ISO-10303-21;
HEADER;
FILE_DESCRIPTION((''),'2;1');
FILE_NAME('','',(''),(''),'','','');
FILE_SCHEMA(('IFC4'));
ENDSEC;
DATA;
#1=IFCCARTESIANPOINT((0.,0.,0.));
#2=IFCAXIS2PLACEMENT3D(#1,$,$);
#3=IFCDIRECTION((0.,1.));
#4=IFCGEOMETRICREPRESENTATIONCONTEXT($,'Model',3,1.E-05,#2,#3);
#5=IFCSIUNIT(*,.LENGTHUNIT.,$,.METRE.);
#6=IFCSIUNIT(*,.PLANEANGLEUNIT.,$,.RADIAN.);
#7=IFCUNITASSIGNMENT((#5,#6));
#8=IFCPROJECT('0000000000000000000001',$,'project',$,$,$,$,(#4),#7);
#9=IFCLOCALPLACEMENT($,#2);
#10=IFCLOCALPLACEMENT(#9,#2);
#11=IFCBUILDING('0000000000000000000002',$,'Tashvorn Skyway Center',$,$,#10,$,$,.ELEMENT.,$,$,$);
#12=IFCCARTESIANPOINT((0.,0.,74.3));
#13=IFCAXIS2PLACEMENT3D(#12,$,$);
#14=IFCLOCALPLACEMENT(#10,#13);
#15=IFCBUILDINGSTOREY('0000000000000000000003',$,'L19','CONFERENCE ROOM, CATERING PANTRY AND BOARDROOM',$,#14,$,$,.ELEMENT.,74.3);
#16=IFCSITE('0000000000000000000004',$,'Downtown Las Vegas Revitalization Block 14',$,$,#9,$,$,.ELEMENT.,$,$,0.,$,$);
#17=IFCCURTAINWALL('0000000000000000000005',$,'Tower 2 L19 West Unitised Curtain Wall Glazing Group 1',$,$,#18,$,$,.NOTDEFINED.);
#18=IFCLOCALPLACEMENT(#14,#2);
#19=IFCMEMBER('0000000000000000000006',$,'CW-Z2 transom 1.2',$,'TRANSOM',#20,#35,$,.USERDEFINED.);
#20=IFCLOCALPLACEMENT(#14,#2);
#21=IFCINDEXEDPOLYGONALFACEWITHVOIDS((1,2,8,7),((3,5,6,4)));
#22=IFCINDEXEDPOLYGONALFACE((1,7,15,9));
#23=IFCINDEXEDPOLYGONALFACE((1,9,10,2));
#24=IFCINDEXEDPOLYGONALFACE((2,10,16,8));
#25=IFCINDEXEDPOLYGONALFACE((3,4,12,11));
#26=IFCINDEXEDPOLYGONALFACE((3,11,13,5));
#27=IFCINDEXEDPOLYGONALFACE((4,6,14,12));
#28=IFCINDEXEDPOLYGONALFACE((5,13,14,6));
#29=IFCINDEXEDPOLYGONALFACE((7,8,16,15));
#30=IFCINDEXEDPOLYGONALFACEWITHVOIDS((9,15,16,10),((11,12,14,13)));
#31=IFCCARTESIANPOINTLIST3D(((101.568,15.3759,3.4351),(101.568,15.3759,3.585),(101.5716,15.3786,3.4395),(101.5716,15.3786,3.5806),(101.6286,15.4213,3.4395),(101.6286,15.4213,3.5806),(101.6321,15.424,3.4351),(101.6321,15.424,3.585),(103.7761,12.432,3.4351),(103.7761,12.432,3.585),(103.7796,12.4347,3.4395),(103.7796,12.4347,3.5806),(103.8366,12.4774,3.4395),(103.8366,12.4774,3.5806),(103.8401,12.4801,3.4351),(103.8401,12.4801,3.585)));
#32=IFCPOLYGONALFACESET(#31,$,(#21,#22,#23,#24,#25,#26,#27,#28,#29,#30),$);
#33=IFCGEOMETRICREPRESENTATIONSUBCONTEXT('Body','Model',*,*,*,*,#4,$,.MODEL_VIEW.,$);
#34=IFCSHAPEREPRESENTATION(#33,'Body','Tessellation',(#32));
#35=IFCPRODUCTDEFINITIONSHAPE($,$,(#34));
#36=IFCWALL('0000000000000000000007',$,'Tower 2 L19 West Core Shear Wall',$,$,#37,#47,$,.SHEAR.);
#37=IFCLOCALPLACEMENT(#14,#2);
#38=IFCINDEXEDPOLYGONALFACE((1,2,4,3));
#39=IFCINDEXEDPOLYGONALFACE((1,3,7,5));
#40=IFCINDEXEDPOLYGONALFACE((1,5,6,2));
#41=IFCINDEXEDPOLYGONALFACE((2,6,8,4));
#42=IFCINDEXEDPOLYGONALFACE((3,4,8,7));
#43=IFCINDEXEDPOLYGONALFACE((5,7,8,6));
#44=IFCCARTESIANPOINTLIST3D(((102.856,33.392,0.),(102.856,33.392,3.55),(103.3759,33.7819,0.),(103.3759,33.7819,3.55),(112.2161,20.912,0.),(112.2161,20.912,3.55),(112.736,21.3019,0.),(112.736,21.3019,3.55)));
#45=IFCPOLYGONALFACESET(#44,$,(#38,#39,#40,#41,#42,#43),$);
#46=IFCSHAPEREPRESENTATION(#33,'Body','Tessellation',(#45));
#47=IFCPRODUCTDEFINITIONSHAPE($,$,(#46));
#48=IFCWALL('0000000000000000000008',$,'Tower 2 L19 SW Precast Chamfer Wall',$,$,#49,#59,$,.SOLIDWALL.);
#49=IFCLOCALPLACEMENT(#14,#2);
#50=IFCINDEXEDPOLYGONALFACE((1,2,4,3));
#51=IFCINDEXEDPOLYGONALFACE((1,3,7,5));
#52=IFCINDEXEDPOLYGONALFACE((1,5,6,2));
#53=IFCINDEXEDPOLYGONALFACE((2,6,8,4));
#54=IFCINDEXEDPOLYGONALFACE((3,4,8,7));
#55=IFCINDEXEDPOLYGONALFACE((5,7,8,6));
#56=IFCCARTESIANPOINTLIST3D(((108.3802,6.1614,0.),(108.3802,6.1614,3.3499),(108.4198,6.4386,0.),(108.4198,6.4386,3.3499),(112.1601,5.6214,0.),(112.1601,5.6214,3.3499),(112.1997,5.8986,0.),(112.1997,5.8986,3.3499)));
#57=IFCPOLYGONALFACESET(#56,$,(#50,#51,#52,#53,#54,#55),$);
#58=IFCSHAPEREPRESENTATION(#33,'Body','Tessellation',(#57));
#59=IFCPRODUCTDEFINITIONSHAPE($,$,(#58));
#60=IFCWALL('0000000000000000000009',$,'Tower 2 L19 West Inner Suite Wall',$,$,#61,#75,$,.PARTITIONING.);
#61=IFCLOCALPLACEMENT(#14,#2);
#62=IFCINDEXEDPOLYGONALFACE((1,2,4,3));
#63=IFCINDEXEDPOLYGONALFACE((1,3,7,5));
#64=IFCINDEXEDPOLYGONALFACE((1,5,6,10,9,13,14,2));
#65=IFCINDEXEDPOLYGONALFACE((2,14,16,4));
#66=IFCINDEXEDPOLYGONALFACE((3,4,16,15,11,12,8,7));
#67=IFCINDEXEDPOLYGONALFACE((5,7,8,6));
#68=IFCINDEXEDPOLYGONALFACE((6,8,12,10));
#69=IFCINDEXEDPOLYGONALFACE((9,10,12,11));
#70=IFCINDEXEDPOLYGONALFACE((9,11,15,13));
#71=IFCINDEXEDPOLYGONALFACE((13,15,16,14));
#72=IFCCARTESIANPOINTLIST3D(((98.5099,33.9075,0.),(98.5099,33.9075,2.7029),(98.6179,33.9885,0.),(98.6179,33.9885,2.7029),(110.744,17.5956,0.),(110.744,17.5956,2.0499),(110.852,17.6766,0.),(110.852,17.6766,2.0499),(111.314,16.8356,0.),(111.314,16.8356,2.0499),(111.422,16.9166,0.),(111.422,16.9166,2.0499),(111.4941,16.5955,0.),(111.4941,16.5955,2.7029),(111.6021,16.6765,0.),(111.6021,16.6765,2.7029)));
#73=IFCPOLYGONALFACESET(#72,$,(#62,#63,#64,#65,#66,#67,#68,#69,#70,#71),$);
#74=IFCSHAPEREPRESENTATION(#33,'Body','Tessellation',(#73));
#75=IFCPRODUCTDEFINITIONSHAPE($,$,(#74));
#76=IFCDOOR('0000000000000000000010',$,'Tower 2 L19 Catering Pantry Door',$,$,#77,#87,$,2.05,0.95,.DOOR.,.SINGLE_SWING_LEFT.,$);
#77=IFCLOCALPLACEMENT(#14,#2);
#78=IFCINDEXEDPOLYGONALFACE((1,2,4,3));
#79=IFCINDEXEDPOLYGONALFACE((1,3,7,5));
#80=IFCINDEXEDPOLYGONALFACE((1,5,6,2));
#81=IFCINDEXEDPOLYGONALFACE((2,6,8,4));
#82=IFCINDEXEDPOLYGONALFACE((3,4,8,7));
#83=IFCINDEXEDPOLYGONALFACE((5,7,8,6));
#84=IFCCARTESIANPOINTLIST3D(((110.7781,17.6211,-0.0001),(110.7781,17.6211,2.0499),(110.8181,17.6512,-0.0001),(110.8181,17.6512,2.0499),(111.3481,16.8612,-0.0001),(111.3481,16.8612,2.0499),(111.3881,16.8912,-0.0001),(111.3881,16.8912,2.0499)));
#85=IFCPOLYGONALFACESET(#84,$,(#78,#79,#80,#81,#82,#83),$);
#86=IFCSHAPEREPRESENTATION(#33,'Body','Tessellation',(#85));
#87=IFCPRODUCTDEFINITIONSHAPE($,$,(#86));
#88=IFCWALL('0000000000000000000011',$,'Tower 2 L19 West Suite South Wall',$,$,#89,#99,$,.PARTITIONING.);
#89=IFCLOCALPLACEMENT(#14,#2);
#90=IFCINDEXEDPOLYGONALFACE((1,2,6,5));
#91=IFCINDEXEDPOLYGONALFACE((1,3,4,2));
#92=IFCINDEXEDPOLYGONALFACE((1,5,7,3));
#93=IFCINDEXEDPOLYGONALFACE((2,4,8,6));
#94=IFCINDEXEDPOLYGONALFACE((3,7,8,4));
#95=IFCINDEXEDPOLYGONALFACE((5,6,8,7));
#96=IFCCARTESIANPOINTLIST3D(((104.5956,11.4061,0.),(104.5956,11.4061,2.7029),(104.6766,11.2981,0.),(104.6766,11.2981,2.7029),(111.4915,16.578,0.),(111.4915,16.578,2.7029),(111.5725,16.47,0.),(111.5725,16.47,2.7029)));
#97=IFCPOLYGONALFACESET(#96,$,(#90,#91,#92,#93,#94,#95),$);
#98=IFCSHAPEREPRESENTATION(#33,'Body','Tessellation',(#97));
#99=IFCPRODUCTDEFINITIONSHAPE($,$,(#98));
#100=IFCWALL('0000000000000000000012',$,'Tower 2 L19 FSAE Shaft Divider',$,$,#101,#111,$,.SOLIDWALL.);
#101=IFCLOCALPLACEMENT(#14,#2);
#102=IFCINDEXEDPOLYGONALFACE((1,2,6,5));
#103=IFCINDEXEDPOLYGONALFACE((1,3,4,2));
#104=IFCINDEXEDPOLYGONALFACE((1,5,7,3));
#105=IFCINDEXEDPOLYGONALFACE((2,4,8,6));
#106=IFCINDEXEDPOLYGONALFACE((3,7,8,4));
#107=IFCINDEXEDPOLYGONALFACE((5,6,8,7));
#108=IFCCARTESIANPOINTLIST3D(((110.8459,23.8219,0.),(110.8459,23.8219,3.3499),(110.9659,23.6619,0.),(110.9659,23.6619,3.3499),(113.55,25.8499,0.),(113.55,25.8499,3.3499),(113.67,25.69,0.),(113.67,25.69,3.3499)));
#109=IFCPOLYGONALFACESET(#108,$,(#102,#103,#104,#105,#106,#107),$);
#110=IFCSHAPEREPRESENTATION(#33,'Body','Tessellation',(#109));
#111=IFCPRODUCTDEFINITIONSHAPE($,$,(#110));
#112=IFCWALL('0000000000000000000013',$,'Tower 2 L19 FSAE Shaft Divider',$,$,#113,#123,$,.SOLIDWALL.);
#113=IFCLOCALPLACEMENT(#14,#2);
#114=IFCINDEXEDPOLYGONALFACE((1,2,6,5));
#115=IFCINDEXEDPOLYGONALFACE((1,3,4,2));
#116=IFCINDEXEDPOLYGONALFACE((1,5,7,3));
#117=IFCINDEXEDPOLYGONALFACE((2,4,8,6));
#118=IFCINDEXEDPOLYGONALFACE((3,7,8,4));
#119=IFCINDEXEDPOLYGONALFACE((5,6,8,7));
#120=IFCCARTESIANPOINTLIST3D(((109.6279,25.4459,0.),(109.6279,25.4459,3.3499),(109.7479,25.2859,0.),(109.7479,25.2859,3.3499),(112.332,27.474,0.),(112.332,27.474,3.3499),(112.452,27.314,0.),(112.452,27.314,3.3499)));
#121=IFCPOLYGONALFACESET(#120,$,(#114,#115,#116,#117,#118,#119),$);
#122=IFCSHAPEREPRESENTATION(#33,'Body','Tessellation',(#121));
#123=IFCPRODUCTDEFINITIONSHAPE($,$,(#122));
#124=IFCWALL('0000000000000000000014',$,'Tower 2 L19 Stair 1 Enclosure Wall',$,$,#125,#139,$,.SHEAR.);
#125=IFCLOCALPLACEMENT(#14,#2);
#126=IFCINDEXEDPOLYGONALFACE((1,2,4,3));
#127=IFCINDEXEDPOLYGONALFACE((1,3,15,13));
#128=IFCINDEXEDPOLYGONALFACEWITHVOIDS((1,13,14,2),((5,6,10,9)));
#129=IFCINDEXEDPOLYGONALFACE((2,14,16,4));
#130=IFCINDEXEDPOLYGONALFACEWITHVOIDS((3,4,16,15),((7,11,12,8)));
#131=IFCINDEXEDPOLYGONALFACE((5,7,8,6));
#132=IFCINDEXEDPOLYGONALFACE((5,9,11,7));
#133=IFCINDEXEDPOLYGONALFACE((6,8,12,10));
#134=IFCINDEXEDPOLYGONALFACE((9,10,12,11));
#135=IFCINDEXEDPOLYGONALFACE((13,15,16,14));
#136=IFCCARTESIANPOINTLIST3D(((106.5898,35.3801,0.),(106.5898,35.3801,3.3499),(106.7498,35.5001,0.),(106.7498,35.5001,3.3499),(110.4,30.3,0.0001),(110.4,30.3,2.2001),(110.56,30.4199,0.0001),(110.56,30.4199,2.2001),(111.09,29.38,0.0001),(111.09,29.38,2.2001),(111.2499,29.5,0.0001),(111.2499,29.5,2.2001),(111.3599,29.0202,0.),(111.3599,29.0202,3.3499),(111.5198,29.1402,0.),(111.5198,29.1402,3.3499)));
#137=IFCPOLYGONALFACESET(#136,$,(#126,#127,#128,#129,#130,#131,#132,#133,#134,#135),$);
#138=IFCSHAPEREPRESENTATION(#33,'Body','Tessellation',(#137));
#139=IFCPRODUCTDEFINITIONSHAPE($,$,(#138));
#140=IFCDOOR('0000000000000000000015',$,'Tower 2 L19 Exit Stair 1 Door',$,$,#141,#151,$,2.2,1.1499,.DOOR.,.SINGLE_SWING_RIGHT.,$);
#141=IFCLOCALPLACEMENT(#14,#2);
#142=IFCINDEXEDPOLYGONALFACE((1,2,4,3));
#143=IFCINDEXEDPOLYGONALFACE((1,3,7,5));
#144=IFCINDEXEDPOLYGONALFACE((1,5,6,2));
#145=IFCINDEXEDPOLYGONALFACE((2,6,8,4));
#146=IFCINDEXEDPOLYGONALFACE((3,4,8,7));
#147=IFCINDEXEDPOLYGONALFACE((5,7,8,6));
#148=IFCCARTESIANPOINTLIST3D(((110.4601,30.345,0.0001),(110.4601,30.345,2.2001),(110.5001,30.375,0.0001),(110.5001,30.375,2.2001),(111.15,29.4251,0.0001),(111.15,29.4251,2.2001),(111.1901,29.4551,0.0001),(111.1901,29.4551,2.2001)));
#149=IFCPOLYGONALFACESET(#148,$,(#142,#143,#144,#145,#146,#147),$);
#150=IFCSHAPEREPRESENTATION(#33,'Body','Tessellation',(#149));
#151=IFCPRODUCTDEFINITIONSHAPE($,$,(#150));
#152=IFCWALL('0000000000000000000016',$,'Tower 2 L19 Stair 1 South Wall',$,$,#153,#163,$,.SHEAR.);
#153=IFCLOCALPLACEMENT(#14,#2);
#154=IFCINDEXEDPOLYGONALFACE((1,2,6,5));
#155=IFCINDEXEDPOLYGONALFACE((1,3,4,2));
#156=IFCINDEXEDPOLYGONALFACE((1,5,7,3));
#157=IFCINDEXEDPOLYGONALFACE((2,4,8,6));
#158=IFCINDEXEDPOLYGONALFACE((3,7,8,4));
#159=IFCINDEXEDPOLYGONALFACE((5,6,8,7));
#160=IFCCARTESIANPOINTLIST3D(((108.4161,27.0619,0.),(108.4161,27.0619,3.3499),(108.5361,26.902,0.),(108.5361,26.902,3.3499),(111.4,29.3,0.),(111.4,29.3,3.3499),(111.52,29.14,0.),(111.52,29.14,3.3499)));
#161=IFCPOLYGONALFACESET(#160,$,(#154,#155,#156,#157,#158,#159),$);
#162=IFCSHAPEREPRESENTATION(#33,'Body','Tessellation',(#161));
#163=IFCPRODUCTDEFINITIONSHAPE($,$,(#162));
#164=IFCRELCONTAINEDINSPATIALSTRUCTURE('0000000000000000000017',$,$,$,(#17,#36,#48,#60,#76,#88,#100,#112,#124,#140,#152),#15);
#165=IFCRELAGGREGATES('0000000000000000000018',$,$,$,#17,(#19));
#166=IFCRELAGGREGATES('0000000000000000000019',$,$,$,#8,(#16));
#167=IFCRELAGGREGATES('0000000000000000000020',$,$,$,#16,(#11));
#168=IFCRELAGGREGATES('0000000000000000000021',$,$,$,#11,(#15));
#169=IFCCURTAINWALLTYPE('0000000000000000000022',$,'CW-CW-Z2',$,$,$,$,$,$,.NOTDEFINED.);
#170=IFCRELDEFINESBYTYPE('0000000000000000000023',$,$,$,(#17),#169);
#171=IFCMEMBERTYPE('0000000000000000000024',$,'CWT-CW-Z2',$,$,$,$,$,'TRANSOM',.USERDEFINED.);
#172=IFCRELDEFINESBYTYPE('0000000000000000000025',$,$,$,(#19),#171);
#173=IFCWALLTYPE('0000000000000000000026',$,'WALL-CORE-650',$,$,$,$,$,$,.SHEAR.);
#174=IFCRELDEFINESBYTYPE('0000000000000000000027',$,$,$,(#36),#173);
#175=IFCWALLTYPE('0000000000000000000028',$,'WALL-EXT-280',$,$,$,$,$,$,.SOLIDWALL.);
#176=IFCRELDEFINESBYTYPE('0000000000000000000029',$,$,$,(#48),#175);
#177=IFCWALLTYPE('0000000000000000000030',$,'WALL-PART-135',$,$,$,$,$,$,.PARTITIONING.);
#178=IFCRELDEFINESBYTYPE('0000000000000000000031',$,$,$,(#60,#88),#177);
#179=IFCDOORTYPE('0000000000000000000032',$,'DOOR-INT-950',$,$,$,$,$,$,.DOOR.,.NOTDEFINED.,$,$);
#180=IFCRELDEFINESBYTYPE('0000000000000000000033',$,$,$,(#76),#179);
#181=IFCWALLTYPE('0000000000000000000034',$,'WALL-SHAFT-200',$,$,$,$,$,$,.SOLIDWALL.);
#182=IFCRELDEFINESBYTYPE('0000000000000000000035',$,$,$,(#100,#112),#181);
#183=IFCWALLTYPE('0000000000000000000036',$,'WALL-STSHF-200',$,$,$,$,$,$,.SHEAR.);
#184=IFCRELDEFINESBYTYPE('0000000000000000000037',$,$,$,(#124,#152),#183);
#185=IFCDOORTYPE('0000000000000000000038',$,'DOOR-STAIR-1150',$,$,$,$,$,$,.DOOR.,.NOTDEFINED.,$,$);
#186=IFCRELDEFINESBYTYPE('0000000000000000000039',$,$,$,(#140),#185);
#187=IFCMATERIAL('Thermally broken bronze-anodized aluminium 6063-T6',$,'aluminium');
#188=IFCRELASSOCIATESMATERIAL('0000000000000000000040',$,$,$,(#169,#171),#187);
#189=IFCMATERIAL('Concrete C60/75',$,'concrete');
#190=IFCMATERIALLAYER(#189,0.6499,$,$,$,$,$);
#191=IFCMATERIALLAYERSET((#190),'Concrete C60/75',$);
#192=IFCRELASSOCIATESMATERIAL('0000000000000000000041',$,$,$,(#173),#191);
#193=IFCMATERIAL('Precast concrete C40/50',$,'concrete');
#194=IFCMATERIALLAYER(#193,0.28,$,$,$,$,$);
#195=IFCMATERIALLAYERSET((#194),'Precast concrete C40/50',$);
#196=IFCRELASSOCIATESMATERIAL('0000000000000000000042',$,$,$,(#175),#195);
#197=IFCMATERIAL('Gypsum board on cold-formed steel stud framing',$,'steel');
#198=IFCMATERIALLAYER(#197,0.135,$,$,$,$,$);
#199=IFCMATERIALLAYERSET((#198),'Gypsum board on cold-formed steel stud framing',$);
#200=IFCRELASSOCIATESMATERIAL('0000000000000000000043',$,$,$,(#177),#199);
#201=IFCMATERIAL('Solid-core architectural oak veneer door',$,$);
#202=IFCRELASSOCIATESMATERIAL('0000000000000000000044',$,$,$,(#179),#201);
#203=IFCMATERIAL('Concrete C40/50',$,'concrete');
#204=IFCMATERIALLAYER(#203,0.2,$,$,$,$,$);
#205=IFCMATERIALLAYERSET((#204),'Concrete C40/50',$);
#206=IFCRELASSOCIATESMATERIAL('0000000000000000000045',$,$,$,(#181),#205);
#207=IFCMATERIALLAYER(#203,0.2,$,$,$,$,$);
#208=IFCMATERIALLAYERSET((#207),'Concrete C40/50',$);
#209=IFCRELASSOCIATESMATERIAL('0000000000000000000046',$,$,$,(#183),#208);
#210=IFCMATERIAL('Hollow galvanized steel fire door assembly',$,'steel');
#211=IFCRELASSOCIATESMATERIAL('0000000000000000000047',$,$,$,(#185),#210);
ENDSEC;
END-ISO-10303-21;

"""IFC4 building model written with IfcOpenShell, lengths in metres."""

from ifc_helpers import new_model, si_unit, direction, frame, frame_2d, origin, origin_2d, place, context, subcontext, project, spatial, rectangle, hollow_rectangle, extrude, material, layer, layer_set, material_profile, profile_set, type_object, element, fill, aggregate, save


model = new_model("IFC4")

# Units and contexts
model_context = context("Model", 3, precision=1e-05, world=origin(), true_north=direction((0.0, 1.0)))
body_context = subcontext(model_context, "Body", "Model", "MODEL_VIEW")
ifc_project = project(units=[si_unit("LENGTHUNIT", "METRE"), si_unit("PLANEANGLEUNIT", "RADIAN")], contexts=[model_context])

# Site, building, storey
site_placement = place(None, origin())
site = spatial("IfcSite", under=ifc_project, at=site_placement, Name="Downtown Las Vegas Revitalization Block 14", CompositionType="ELEMENT", RefElevation=0.0)
building_placement = place(site_placement, origin())
building = spatial("IfcBuilding", under=site, at=building_placement, Name="Tashvorn Skyway Center", CompositionType="ELEMENT")
storey_placement = place(building_placement, frame((0.0, 0.0, 74.3)))
storey = spatial("IfcBuildingStorey", under=building, at=storey_placement, Name="L19", Description="CONFERENCE ROOM, CATERING PANTRY AND BOARDROOM", CompositionType="ELEMENT", Elevation=74.3)

# Shared definitions
ifc_material_1 = material(Name="Concrete C60/75", Category="concrete")

# Curtain wall, member
ifc_material_2 = material(Name="Thermally broken bronze-anodized aluminium 6063-T6", Category="aluminium")
curtain_wall_type = type_object("IfcCurtainWallType", Name="CW-CW-Z2", PredefinedType="NOTDEFINED", material=ifc_material_2)
curtain_wall_placement = place(storey_placement, origin())
curtain_wall = element("IfcCurtainWall", 1, at=curtain_wall_placement, inside=storey, type_object=curtain_wall_type, Name="Tower 2 L19 West Unitised Curtain Wall Glazing Group 1", PredefinedType="NOTDEFINED")
ifc_material_profile_1 = material_profile(ifc_material_2, hollow_rectangle(XDim=0.0801, YDim=0.1499, WallThickness=0.0044, at=origin_2d()), Name="ALU-TRAN-80x150")
ifc_profile_set_1 = profile_set([ifc_material_profile_1], Name="Thermally broken bronze-anodized aluminium 6063-T6")
member_type_1 = type_object("IfcMemberType", Name="CWT-CW-Z2", ElementType="TRANSOM", PredefinedType="USERDEFINED", material=ifc_profile_set_1)
member_1_placement = place(storey_placement, frame((103.8081, 12.4561, 3.51), z_axis=(-0.600021, 0.799984, 0.0), x_axis=(-0.799984, -0.600021, 0.0)))
member_1 = element("IfcMember", 2, at=member_1_placement, type_object=member_type_1, Name="CW-Z2 transom 1.2", ObjectType="TRANSOM", PredefinedType="USERDEFINED", context=body_context, shape_type="SweptSolid", body=[
    extrude(hollow_rectangle(XDim=0.0801, YDim=0.1499, WallThickness=0.0044, at=origin_2d()), origin(), (0.0, 0.0, 1.0), 3.6799),
])
aggregate(curtain_wall, [member_1])

# Walls
ifc_layer_1 = layer(ifc_material_1, 0.6499)
ifc_layer_set_1 = layer_set([ifc_layer_1], Name="Concrete C60/75")
wall_type_1 = type_object("IfcWallType", Name="WALL-CORE-650", PredefinedType="SHEAR", material=ifc_layer_set_1)
wall_1_placement = place(storey_placement, frame((112.4761, 21.1069, 0.0), z_axis=(0.0, 0.0, 1.0), x_axis=(-0.600005, 0.799996, 0.0)))
element("IfcWall", 3, at=wall_1_placement, inside=storey, type_object=wall_type_1, Name="Tower 2 L19 West Core Shear Wall", PredefinedType="SHEAR", context=body_context, shape_type="SweptSolid", body=[
    extrude(rectangle(XDim=15.6001, YDim=0.6499, at=frame_2d((7.8, 0.0))), origin(), (0.0, 0.0, 1.0), 3.55),
])
ifc_material_3 = material(Name="Precast concrete C40/50", Category="concrete")
ifc_layer_2 = layer(ifc_material_3, 0.28)
ifc_layer_set_2 = layer_set([ifc_layer_2], Name="Precast concrete C40/50")
wall_type_2 = type_object("IfcWallType", Name="WALL-EXT-280", PredefinedType="SOLIDWALL", material=ifc_layer_set_2)
wall_2_placement = place(storey_placement, frame((112.1799, 5.76, 0.0), z_axis=(0.0, 0.0, 1.0), x_axis=(-0.989948, 0.14143, 0.0)))
element("IfcWall", 4, at=wall_2_placement, inside=storey, type_object=wall_type_2, Name="Tower 2 L19 SW Precast Chamfer Wall", PredefinedType="SOLIDWALL", context=body_context, shape_type="SweptSolid", body=[
    extrude(rectangle(XDim=3.8184, YDim=0.28, at=frame_2d((1.9092, 0.0))), origin(), (0.0, 0.0, 1.0), 3.3499),
])

# Wall, opening, door
ifc_material_4 = material(Name="Gypsum board on cold-formed steel stud framing", Category="steel")
ifc_layer_3 = layer(ifc_material_4, 0.135)
ifc_layer_set_3 = layer_set([ifc_layer_3], Name="Gypsum board on cold-formed steel stud framing")
wall_type_3 = type_object("IfcWallType", Name="WALL-PART-135", PredefinedType="PARTITIONING", material=ifc_layer_set_3)
wall_3_placement = place(storey_placement, frame((111.5481, 16.636, 0.0), z_axis=(0.0, 0.0, 1.0), x_axis=(-0.600004, 0.799997, 0.0)))
wall_3 = element("IfcWall", 5, at=wall_3_placement, inside=storey, type_object=wall_type_3, Name="Tower 2 L19 West Inner Suite Wall", PredefinedType="PARTITIONING", context=body_context, shape_type="SweptSolid", body=[
    extrude(rectangle(XDim=21.6401, YDim=0.135, at=frame_2d((10.8201, 0.0))), origin(), (0.0, 0.0, 1.0), 2.7029),
])
opening_1_placement = place(wall_3_placement, frame((0.3, 0.0, 0.0)))
opening_1 = element("IfcOpeningElement", 6, at=opening_1_placement, cuts=wall_3, PredefinedType="OPENING", context=body_context, shape_type="SweptSolid", body=[
    extrude(rectangle(XDim=0.95, YDim=2.05, at=frame_2d((0.4751, 1.0249))), frame((0.0, 0.0774, 0.0), z_axis=(0.0, -1.0, 0.0), x_axis=(1.0, 0.0, 0.0)), (0.0, 0.0, 1.0), 0.155),
])
ifc_material_5 = material(Name="Solid-core architectural oak veneer door")
door_type_1 = type_object("IfcDoorType", Name="DOOR-INT-950", OperationType="NOTDEFINED", PredefinedType="DOOR", material=ifc_material_5)
door_1_placement = place(opening_1_placement, origin())
door_1 = element("IfcDoor", 7, at=door_1_placement, inside=storey, type_object=door_type_1, Name="Tower 2 L19 Catering Pantry Door", OperationType="SINGLE_SWING_LEFT", OverallHeight=2.05, OverallWidth=0.95, PredefinedType="DOOR", context=body_context, shape_type="SweptSolid", body=[
    extrude(rectangle(XDim=0.95, YDim=2.05, at=frame_2d((0.4751, 1.0249))), frame((0.0, 0.0249, 0.0), z_axis=(0.0, -1.0, 0.0), x_axis=(1.0, 0.0, 0.0)), (0.0, 0.0, 1.0), 0.05),
])
fill(opening_1, door_1)

# Walls
wall_4_placement = place(storey_placement, frame((104.636, 11.3521, 0.0), z_axis=(0.0, 0.0, 1.0), x_axis=(0.800007, 0.599991, 0.0)))
element("IfcWall", 8, at=wall_4_placement, inside=storey, type_object=wall_type_3, Name="Tower 2 L19 West Suite South Wall", PredefinedType="PARTITIONING", context=body_context, shape_type="SweptSolid", body=[
    extrude(rectangle(XDim=8.6199, YDim=0.135, at=frame_2d((4.3101, 0.0))), origin(), (0.0, 0.0, 1.0), 2.7029),
])
ifc_material_6 = material(Name="Concrete C40/50", Category="concrete")
ifc_layer_4 = layer(ifc_material_6, 0.2)
ifc_layer_set_4 = layer_set([ifc_layer_4], Name="Concrete C40/50")
wall_type_4 = type_object("IfcWallType", Name="WALL-SHAFT-200", PredefinedType="SOLIDWALL", material=ifc_layer_set_4)
for number, where, z_axis, x_axis, name in (
    (9, (110.906, 23.7419, 0.0), (0.0, 0.0, 1.0), (0.8, 0.6, 0.0), "Tower 2 L19 FSAE Shaft Divider"),
    (10, (109.688, 25.366, 0.0), (0.0, 0.0, 1.0), (0.8, 0.6, 0.0), "Tower 2 L19 FSAE Shaft Divider"),
):
    element("IfcWall", number, at=place(storey_placement, frame(where, z_axis=z_axis, x_axis=x_axis)), inside=storey, type_object=wall_type_4, Name=name, PredefinedType="SOLIDWALL", context=body_context, shape_type="SweptSolid", body=[
        extrude(rectangle(XDim=3.3801, YDim=0.2, at=frame_2d((1.6899, 0.0))), origin(), (0.0, 0.0, 1.0), 3.3499),
    ])

# Wall, opening, door
ifc_layer_5 = layer(ifc_material_6, 0.2)
ifc_layer_set_5 = layer_set([ifc_layer_5], Name="Concrete C40/50")
wall_type_5 = type_object("IfcWallType", Name="WALL-STSHF-200", PredefinedType="SHEAR", material=ifc_layer_set_5)
wall_5_placement = place(storey_placement, frame((111.4399, 29.0801, 0.0), z_axis=(0.0, 0.0, 1.0), x_axis=(-0.60001, 0.799993, 0.0)))
wall_5 = element("IfcWall", 11, at=wall_5_placement, inside=storey, type_object=wall_type_5, Name="Tower 2 L19 Stair 1 Enclosure Wall", PredefinedType="SHEAR", context=body_context, shape_type="SweptSolid", body=[
    extrude(rectangle(XDim=7.95, YDim=0.2, at=frame_2d((3.9751, 0.0))), origin(), (0.0, 0.0, 1.0), 3.3499),
])
opening_2_placement = place(wall_5_placement, frame((0.45, 0.0, 0.0)))
opening_2 = element("IfcOpeningElement", 12, at=opening_2_placement, cuts=wall_5, PredefinedType="OPENING", context=body_context, shape_type="SweptSolid", body=[
    extrude(rectangle(XDim=1.1499, YDim=2.2, at=frame_2d((0.575, 1.1001))), frame((0.0, 0.1099, 0.0), z_axis=(0.0, -1.0, 0.0), x_axis=(1.0, 0.0, 0.0)), (0.0, 0.0, 1.0), 0.22),
])
ifc_material_7 = material(Name="Hollow galvanized steel fire door assembly", Category="steel")
door_type_2 = type_object("IfcDoorType", Name="DOOR-STAIR-1150", OperationType="NOTDEFINED", PredefinedType="DOOR", material=ifc_material_7)
door_2_placement = place(opening_2_placement, origin())
door_2 = element("IfcDoor", 13, at=door_2_placement, inside=storey, type_object=door_type_2, Name="Tower 2 L19 Exit Stair 1 Door", OperationType="SINGLE_SWING_RIGHT", OverallHeight=2.2, OverallWidth=1.1499, PredefinedType="DOOR", context=body_context, shape_type="SweptSolid", body=[
    extrude(rectangle(XDim=1.1499, YDim=2.2, at=frame_2d((0.575, 1.1001))), frame((0.0, 0.0249, 0.0), z_axis=(0.0, -1.0, 0.0), x_axis=(1.0, 0.0, 0.0)), (0.0, 0.0, 1.0), 0.05),
])
fill(opening_2, door_2)

# Wall
wall_6_placement = place(storey_placement, frame((108.4761, 26.9819, 0.0), z_axis=(0.0, 0.0, 1.0), x_axis=(0.799984, 0.600021, 0.0)))
element("IfcWall", 14, at=wall_6_placement, inside=storey, type_object=wall_type_5, Name="Tower 2 L19 Stair 1 South Wall", PredefinedType="SHEAR", context=body_context, shape_type="SweptSolid", body=[
    extrude(rectangle(XDim=3.73, YDim=0.2, at=frame_2d((1.865, 0.0))), origin(), (0.0, 0.0, 1.0), 3.3499),
])

save(model, "model.ifc")
